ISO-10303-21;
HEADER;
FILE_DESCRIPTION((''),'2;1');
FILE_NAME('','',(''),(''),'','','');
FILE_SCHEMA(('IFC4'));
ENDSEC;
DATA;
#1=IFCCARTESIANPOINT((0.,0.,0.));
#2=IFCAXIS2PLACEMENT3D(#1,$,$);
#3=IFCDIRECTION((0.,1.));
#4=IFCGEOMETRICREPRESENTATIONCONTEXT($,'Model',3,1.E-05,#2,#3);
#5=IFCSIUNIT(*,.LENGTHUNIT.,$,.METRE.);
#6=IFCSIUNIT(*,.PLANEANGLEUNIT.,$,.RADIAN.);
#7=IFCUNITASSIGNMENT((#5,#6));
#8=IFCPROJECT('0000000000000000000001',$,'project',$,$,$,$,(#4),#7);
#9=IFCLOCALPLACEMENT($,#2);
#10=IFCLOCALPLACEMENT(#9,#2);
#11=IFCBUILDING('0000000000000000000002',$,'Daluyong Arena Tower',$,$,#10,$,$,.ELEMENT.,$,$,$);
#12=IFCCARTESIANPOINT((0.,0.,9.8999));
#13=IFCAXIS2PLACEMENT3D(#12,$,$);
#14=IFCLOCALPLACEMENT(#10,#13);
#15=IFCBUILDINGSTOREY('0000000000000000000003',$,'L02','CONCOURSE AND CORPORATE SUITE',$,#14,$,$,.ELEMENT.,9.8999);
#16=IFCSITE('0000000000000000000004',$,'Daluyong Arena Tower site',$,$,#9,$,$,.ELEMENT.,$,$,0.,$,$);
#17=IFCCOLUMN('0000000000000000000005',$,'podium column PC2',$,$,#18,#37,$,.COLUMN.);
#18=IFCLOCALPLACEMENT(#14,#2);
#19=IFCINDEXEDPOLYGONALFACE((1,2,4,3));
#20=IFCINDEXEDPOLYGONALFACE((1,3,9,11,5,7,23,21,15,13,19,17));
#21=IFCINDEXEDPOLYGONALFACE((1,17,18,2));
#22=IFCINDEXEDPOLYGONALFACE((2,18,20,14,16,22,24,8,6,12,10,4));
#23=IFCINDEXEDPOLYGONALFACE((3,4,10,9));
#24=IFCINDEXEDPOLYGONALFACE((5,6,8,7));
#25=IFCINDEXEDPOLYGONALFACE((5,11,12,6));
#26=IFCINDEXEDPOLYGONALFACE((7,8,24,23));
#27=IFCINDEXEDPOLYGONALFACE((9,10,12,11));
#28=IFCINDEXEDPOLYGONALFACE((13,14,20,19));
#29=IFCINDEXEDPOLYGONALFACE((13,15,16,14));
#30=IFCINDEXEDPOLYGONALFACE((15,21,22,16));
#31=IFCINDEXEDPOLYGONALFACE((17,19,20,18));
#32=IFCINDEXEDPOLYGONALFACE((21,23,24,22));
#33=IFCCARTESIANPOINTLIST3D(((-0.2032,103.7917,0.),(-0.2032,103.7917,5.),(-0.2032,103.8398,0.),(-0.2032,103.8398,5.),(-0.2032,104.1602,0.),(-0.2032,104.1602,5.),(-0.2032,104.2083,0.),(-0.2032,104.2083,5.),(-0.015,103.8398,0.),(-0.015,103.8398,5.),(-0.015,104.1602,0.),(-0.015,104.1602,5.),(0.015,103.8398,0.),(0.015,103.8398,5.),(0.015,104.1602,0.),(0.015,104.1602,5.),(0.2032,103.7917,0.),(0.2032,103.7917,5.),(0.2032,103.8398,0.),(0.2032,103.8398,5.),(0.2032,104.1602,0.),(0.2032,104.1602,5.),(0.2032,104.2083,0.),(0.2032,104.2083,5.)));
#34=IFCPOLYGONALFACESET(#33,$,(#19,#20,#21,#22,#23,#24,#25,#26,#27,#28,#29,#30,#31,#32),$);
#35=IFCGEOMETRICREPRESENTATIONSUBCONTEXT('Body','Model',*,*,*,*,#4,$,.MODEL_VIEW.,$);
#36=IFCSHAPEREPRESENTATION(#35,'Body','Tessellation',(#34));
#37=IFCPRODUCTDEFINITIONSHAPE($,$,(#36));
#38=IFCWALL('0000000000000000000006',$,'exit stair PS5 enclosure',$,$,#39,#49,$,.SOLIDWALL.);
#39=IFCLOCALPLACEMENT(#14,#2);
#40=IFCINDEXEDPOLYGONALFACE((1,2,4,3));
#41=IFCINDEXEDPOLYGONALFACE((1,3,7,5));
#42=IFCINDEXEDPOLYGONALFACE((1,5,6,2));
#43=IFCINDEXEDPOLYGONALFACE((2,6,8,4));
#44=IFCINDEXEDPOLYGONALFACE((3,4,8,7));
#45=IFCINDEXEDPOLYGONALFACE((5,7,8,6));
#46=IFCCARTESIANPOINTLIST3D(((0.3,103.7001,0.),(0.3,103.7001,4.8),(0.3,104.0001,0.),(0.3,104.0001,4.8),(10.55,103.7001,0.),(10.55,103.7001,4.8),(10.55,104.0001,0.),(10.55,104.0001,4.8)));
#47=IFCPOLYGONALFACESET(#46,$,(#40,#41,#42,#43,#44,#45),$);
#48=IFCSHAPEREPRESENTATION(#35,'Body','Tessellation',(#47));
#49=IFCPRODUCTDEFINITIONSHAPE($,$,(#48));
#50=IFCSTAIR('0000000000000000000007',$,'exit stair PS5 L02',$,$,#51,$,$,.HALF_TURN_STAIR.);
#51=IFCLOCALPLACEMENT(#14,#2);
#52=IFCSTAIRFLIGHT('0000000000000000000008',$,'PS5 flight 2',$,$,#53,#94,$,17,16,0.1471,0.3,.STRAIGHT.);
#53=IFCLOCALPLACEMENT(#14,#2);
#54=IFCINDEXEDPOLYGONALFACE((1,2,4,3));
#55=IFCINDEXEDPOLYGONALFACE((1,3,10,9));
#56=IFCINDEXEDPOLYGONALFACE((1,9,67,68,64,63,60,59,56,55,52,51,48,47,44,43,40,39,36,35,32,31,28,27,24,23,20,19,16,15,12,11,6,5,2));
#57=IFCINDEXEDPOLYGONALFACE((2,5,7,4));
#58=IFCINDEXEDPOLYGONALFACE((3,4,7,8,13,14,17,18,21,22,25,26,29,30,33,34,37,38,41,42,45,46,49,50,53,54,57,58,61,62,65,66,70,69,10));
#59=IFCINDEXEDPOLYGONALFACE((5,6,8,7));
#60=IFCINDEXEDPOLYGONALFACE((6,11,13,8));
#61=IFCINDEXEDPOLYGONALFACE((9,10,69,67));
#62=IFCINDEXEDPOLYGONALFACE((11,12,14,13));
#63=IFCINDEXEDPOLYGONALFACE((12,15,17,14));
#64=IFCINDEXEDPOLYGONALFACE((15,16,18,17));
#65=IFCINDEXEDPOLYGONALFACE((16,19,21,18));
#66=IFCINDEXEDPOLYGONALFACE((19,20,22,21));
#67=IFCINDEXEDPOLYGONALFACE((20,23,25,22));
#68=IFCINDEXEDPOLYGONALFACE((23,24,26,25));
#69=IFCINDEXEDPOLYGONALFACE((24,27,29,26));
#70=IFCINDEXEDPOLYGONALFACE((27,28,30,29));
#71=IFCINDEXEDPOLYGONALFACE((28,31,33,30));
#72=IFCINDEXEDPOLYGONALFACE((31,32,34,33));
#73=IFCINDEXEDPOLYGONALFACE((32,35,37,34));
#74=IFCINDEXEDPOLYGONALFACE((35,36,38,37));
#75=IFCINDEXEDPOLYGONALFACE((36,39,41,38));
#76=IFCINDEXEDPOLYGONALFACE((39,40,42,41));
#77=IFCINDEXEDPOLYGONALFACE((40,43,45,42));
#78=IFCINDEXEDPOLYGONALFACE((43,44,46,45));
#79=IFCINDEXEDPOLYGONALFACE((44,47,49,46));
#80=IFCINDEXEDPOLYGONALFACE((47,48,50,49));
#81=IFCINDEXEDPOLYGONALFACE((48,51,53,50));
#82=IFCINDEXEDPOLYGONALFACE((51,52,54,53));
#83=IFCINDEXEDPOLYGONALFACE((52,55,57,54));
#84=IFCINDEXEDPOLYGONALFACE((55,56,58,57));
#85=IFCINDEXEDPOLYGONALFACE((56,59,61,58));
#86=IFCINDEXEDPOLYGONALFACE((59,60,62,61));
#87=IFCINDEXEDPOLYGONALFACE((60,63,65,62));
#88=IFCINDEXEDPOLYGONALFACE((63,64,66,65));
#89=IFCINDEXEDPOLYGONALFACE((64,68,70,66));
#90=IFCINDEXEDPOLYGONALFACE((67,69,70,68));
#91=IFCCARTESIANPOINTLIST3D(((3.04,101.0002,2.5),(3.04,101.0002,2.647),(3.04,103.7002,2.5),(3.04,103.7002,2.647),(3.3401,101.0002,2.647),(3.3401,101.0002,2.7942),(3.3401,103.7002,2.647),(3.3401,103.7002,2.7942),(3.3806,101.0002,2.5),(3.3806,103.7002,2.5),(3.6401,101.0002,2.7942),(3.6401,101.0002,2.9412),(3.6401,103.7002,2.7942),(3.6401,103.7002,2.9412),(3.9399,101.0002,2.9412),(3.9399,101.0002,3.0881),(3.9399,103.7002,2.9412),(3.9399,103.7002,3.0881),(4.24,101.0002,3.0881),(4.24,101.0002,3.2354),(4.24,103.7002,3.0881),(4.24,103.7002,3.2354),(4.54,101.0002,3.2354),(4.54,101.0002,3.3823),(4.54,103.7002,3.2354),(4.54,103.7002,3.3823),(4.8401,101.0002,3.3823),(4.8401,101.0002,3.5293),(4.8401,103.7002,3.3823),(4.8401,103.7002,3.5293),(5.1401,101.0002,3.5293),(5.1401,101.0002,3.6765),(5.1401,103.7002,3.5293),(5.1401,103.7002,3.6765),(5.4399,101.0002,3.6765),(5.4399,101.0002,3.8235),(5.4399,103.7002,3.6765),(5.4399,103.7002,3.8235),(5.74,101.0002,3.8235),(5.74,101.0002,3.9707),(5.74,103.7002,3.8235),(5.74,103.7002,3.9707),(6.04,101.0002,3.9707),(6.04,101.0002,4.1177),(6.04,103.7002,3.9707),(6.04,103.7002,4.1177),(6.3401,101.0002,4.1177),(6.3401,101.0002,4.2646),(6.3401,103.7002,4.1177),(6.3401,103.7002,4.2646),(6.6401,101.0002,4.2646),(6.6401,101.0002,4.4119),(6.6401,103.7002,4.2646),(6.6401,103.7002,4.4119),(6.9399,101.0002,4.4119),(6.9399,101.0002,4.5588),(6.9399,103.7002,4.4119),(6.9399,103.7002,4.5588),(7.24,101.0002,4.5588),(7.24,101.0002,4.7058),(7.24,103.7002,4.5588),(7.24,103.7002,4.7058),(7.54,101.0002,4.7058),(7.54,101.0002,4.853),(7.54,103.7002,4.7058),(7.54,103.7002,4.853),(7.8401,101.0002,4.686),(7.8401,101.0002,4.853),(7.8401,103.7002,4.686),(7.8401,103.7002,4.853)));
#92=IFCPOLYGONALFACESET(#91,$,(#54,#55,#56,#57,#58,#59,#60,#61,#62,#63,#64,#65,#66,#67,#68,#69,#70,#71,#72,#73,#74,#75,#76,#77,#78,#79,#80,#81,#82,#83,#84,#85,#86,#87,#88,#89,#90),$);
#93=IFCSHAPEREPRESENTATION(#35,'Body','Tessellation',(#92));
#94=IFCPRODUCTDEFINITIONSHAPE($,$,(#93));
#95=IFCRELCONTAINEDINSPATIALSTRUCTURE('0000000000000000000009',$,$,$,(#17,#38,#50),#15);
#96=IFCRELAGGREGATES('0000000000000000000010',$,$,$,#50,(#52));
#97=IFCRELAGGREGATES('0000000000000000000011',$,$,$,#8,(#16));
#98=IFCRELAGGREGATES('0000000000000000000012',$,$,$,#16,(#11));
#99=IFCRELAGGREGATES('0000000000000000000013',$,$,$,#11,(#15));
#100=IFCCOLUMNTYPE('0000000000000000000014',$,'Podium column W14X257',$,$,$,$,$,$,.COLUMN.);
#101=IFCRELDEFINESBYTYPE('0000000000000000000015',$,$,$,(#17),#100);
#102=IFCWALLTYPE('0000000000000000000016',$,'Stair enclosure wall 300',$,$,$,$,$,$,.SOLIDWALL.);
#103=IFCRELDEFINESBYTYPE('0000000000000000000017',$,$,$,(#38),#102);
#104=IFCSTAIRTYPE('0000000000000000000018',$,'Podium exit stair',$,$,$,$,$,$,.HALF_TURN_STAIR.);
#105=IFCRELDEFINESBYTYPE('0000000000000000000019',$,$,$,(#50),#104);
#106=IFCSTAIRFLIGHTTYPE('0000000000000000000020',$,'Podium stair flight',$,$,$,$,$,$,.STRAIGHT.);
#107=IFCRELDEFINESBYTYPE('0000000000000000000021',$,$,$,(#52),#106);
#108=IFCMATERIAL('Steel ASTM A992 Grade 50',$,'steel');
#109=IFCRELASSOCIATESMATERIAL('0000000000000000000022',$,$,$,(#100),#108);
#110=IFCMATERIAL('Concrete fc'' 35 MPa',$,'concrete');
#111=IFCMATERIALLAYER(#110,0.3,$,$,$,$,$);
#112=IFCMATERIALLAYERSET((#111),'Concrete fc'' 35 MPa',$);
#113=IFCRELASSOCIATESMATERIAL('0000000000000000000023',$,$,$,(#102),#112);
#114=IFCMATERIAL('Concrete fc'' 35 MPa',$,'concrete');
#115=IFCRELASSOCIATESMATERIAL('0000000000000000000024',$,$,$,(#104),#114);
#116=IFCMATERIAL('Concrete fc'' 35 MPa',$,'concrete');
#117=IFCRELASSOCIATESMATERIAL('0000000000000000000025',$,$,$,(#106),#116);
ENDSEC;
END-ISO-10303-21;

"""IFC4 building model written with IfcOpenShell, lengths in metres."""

from ifc_helpers import new_model, si_unit, direction, frame, frame_2d, origin, origin_2d, place, context, subcontext, project, spatial, polyline, rectangle, i_section, outline, extrude, material, layer, layer_set, material_profile, profile_set, type_object, element, aggregate, save


model = new_model("IFC4")

# Units and contexts
model_context = context("Model", 3, precision=1e-05, world=origin(), true_north=direction((0.0, 1.0)))
body_context = subcontext(model_context, "Body", "Model", "MODEL_VIEW")
ifc_project = project(units=[si_unit("LENGTHUNIT", "METRE"), si_unit("PLANEANGLEUNIT", "RADIAN")], contexts=[model_context])

# Site, building, storey
site_placement = place(None, origin())
site = spatial("IfcSite", under=ifc_project, at=site_placement, Name="Daluyong Arena Tower site", CompositionType="ELEMENT", RefElevation=0.0)
building_placement = place(site_placement, origin())
building = spatial("IfcBuilding", under=site, at=building_placement, Name="Daluyong Arena Tower", CompositionType="ELEMENT")
storey_placement = place(building_placement, frame((0.0, 0.0, 9.8999)))
storey = spatial("IfcBuildingStorey", under=building, at=storey_placement, Name="L02", Description="CONCOURSE AND CORPORATE SUITE", CompositionType="ELEMENT", Elevation=9.8999)

# Column
ifc_material_1 = material(Name="Steel ASTM A992 Grade 50", Category="steel")
ifc_material_profile = material_profile(ifc_material_1, i_section(OverallWidth=0.4065, OverallDepth=0.4165, WebThickness=0.03, FlangeThickness=0.0481, at=origin_2d()))
ifc_profile_set = profile_set([ifc_material_profile], Name="Steel ASTM A992 Grade 50")
column_type = type_object("IfcColumnType", Name="Podium column W14X257", PredefinedType="COLUMN", material=ifc_profile_set)
column_placement = place(storey_placement, frame((0.0, 104.0, 0.0), z_axis=(0.0, 0.0, 1.0), x_axis=(1.0, 0.0, 0.0)))
element("IfcColumn", 1, at=column_placement, inside=storey, type_object=column_type, Name="podium column PC2", PredefinedType="COLUMN", context=body_context, shape_type="SweptSolid", body=[
    extrude(i_section(OverallWidth=0.4065, OverallDepth=0.4165, WebThickness=0.03, FlangeThickness=0.0481, at=origin_2d()), origin(), (0.0, 0.0, 1.0), 5.0),
])

# Wall
ifc_material_2 = material(Name="Concrete fc' 35 MPa", Category="concrete")
ifc_layer = layer(ifc_material_2, 0.3)
ifc_layer_set = layer_set([ifc_layer], Name="Concrete fc' 35 MPa")
wall_type = type_object("IfcWallType", Name="Stair enclosure wall 300", PredefinedType="SOLIDWALL", material=ifc_layer_set)
wall_placement = place(storey_placement, frame((0.3, 103.8501, 0.0), z_axis=(0.0, 0.0, 1.0), x_axis=(1.0, 0.0, 0.0)))
element("IfcWall", 2, at=wall_placement, inside=storey, type_object=wall_type, Name="exit stair PS5 enclosure", PredefinedType="SOLIDWALL", context=body_context, shape_type="SweptSolid", body=[
    extrude(rectangle(XDim=10.25, YDim=0.3, at=frame_2d((5.125, 0.0))), origin(), (0.0, 0.0, 1.0), 4.8),
])

# Stair, stair flight
ifc_material_3 = material(Name="Concrete fc' 35 MPa", Category="concrete")
stair_type = type_object("IfcStairType", Name="Podium exit stair", PredefinedType="HALF_TURN_STAIR", material=ifc_material_3)
stair_placement = place(storey_placement, origin())
stair = element("IfcStair", 3, at=stair_placement, inside=storey, type_object=stair_type, Name="exit stair PS5 L02", PredefinedType="HALF_TURN_STAIR")
ifc_material_4 = material(Name="Concrete fc' 35 MPa", Category="concrete")
stair_flight_type = type_object("IfcStairFlightType", Name="Podium stair flight", PredefinedType="STRAIGHT", material=ifc_material_4)
stair_flight_placement = place(storey_placement, frame((3.04, 102.3501, 2.5), z_axis=(0.0, 0.0, 1.0), x_axis=(1.0, 0.0, 0.0)))
stair_flight = element("IfcStairFlight", 4, at=stair_flight_placement, type_object=stair_flight_type, Name="PS5 flight 2", NumberOfRisers=17, NumberOfTreads=16, PredefinedType="STRAIGHT", RiserHeight=0.1471, TreadLength=0.3, context=body_context, shape_type="SweptSolid", body=[
    extrude(outline(polyline([(0.0, 0.0), (0.0, 0.147), (0.3, 0.147), (0.3, 0.2942), (0.6001, 0.2942), (0.6001, 0.4412), (0.8999, 0.4412), (0.8999, 0.5881), (1.2, 0.5881), (1.2, 0.7354), (1.5, 0.7354), (1.5, 0.8823), (1.8, 0.8823), (1.8, 1.0293), (2.1001, 1.0293), (2.1001, 1.1765), (2.3999, 1.1765), (2.3999, 1.3235), (2.7, 1.3235), (2.7, 1.4707), (3.0, 1.4707), (3.0, 1.6177), (3.3, 1.6177), (3.3, 1.7646), (3.6001, 1.7646), (3.6001, 1.9119), (3.8999, 1.9119), (3.8999, 2.0588), (4.2, 2.0588), (4.2, 2.2058), (4.5, 2.2058), (4.5, 2.353), (4.8, 2.353), (4.8, 2.5), (4.8, 2.186), (0.3406, 0.0), (0.0, 0.0)])), frame((0.0, 1.3501, 0.0), z_axis=(0.0, -1.0, 0.0), x_axis=(1.0, 0.0, 0.0)), (0.0, 0.0, 1.0), 2.7),
])
aggregate(stair, [stair_flight])

save(model, "model.ifc")
